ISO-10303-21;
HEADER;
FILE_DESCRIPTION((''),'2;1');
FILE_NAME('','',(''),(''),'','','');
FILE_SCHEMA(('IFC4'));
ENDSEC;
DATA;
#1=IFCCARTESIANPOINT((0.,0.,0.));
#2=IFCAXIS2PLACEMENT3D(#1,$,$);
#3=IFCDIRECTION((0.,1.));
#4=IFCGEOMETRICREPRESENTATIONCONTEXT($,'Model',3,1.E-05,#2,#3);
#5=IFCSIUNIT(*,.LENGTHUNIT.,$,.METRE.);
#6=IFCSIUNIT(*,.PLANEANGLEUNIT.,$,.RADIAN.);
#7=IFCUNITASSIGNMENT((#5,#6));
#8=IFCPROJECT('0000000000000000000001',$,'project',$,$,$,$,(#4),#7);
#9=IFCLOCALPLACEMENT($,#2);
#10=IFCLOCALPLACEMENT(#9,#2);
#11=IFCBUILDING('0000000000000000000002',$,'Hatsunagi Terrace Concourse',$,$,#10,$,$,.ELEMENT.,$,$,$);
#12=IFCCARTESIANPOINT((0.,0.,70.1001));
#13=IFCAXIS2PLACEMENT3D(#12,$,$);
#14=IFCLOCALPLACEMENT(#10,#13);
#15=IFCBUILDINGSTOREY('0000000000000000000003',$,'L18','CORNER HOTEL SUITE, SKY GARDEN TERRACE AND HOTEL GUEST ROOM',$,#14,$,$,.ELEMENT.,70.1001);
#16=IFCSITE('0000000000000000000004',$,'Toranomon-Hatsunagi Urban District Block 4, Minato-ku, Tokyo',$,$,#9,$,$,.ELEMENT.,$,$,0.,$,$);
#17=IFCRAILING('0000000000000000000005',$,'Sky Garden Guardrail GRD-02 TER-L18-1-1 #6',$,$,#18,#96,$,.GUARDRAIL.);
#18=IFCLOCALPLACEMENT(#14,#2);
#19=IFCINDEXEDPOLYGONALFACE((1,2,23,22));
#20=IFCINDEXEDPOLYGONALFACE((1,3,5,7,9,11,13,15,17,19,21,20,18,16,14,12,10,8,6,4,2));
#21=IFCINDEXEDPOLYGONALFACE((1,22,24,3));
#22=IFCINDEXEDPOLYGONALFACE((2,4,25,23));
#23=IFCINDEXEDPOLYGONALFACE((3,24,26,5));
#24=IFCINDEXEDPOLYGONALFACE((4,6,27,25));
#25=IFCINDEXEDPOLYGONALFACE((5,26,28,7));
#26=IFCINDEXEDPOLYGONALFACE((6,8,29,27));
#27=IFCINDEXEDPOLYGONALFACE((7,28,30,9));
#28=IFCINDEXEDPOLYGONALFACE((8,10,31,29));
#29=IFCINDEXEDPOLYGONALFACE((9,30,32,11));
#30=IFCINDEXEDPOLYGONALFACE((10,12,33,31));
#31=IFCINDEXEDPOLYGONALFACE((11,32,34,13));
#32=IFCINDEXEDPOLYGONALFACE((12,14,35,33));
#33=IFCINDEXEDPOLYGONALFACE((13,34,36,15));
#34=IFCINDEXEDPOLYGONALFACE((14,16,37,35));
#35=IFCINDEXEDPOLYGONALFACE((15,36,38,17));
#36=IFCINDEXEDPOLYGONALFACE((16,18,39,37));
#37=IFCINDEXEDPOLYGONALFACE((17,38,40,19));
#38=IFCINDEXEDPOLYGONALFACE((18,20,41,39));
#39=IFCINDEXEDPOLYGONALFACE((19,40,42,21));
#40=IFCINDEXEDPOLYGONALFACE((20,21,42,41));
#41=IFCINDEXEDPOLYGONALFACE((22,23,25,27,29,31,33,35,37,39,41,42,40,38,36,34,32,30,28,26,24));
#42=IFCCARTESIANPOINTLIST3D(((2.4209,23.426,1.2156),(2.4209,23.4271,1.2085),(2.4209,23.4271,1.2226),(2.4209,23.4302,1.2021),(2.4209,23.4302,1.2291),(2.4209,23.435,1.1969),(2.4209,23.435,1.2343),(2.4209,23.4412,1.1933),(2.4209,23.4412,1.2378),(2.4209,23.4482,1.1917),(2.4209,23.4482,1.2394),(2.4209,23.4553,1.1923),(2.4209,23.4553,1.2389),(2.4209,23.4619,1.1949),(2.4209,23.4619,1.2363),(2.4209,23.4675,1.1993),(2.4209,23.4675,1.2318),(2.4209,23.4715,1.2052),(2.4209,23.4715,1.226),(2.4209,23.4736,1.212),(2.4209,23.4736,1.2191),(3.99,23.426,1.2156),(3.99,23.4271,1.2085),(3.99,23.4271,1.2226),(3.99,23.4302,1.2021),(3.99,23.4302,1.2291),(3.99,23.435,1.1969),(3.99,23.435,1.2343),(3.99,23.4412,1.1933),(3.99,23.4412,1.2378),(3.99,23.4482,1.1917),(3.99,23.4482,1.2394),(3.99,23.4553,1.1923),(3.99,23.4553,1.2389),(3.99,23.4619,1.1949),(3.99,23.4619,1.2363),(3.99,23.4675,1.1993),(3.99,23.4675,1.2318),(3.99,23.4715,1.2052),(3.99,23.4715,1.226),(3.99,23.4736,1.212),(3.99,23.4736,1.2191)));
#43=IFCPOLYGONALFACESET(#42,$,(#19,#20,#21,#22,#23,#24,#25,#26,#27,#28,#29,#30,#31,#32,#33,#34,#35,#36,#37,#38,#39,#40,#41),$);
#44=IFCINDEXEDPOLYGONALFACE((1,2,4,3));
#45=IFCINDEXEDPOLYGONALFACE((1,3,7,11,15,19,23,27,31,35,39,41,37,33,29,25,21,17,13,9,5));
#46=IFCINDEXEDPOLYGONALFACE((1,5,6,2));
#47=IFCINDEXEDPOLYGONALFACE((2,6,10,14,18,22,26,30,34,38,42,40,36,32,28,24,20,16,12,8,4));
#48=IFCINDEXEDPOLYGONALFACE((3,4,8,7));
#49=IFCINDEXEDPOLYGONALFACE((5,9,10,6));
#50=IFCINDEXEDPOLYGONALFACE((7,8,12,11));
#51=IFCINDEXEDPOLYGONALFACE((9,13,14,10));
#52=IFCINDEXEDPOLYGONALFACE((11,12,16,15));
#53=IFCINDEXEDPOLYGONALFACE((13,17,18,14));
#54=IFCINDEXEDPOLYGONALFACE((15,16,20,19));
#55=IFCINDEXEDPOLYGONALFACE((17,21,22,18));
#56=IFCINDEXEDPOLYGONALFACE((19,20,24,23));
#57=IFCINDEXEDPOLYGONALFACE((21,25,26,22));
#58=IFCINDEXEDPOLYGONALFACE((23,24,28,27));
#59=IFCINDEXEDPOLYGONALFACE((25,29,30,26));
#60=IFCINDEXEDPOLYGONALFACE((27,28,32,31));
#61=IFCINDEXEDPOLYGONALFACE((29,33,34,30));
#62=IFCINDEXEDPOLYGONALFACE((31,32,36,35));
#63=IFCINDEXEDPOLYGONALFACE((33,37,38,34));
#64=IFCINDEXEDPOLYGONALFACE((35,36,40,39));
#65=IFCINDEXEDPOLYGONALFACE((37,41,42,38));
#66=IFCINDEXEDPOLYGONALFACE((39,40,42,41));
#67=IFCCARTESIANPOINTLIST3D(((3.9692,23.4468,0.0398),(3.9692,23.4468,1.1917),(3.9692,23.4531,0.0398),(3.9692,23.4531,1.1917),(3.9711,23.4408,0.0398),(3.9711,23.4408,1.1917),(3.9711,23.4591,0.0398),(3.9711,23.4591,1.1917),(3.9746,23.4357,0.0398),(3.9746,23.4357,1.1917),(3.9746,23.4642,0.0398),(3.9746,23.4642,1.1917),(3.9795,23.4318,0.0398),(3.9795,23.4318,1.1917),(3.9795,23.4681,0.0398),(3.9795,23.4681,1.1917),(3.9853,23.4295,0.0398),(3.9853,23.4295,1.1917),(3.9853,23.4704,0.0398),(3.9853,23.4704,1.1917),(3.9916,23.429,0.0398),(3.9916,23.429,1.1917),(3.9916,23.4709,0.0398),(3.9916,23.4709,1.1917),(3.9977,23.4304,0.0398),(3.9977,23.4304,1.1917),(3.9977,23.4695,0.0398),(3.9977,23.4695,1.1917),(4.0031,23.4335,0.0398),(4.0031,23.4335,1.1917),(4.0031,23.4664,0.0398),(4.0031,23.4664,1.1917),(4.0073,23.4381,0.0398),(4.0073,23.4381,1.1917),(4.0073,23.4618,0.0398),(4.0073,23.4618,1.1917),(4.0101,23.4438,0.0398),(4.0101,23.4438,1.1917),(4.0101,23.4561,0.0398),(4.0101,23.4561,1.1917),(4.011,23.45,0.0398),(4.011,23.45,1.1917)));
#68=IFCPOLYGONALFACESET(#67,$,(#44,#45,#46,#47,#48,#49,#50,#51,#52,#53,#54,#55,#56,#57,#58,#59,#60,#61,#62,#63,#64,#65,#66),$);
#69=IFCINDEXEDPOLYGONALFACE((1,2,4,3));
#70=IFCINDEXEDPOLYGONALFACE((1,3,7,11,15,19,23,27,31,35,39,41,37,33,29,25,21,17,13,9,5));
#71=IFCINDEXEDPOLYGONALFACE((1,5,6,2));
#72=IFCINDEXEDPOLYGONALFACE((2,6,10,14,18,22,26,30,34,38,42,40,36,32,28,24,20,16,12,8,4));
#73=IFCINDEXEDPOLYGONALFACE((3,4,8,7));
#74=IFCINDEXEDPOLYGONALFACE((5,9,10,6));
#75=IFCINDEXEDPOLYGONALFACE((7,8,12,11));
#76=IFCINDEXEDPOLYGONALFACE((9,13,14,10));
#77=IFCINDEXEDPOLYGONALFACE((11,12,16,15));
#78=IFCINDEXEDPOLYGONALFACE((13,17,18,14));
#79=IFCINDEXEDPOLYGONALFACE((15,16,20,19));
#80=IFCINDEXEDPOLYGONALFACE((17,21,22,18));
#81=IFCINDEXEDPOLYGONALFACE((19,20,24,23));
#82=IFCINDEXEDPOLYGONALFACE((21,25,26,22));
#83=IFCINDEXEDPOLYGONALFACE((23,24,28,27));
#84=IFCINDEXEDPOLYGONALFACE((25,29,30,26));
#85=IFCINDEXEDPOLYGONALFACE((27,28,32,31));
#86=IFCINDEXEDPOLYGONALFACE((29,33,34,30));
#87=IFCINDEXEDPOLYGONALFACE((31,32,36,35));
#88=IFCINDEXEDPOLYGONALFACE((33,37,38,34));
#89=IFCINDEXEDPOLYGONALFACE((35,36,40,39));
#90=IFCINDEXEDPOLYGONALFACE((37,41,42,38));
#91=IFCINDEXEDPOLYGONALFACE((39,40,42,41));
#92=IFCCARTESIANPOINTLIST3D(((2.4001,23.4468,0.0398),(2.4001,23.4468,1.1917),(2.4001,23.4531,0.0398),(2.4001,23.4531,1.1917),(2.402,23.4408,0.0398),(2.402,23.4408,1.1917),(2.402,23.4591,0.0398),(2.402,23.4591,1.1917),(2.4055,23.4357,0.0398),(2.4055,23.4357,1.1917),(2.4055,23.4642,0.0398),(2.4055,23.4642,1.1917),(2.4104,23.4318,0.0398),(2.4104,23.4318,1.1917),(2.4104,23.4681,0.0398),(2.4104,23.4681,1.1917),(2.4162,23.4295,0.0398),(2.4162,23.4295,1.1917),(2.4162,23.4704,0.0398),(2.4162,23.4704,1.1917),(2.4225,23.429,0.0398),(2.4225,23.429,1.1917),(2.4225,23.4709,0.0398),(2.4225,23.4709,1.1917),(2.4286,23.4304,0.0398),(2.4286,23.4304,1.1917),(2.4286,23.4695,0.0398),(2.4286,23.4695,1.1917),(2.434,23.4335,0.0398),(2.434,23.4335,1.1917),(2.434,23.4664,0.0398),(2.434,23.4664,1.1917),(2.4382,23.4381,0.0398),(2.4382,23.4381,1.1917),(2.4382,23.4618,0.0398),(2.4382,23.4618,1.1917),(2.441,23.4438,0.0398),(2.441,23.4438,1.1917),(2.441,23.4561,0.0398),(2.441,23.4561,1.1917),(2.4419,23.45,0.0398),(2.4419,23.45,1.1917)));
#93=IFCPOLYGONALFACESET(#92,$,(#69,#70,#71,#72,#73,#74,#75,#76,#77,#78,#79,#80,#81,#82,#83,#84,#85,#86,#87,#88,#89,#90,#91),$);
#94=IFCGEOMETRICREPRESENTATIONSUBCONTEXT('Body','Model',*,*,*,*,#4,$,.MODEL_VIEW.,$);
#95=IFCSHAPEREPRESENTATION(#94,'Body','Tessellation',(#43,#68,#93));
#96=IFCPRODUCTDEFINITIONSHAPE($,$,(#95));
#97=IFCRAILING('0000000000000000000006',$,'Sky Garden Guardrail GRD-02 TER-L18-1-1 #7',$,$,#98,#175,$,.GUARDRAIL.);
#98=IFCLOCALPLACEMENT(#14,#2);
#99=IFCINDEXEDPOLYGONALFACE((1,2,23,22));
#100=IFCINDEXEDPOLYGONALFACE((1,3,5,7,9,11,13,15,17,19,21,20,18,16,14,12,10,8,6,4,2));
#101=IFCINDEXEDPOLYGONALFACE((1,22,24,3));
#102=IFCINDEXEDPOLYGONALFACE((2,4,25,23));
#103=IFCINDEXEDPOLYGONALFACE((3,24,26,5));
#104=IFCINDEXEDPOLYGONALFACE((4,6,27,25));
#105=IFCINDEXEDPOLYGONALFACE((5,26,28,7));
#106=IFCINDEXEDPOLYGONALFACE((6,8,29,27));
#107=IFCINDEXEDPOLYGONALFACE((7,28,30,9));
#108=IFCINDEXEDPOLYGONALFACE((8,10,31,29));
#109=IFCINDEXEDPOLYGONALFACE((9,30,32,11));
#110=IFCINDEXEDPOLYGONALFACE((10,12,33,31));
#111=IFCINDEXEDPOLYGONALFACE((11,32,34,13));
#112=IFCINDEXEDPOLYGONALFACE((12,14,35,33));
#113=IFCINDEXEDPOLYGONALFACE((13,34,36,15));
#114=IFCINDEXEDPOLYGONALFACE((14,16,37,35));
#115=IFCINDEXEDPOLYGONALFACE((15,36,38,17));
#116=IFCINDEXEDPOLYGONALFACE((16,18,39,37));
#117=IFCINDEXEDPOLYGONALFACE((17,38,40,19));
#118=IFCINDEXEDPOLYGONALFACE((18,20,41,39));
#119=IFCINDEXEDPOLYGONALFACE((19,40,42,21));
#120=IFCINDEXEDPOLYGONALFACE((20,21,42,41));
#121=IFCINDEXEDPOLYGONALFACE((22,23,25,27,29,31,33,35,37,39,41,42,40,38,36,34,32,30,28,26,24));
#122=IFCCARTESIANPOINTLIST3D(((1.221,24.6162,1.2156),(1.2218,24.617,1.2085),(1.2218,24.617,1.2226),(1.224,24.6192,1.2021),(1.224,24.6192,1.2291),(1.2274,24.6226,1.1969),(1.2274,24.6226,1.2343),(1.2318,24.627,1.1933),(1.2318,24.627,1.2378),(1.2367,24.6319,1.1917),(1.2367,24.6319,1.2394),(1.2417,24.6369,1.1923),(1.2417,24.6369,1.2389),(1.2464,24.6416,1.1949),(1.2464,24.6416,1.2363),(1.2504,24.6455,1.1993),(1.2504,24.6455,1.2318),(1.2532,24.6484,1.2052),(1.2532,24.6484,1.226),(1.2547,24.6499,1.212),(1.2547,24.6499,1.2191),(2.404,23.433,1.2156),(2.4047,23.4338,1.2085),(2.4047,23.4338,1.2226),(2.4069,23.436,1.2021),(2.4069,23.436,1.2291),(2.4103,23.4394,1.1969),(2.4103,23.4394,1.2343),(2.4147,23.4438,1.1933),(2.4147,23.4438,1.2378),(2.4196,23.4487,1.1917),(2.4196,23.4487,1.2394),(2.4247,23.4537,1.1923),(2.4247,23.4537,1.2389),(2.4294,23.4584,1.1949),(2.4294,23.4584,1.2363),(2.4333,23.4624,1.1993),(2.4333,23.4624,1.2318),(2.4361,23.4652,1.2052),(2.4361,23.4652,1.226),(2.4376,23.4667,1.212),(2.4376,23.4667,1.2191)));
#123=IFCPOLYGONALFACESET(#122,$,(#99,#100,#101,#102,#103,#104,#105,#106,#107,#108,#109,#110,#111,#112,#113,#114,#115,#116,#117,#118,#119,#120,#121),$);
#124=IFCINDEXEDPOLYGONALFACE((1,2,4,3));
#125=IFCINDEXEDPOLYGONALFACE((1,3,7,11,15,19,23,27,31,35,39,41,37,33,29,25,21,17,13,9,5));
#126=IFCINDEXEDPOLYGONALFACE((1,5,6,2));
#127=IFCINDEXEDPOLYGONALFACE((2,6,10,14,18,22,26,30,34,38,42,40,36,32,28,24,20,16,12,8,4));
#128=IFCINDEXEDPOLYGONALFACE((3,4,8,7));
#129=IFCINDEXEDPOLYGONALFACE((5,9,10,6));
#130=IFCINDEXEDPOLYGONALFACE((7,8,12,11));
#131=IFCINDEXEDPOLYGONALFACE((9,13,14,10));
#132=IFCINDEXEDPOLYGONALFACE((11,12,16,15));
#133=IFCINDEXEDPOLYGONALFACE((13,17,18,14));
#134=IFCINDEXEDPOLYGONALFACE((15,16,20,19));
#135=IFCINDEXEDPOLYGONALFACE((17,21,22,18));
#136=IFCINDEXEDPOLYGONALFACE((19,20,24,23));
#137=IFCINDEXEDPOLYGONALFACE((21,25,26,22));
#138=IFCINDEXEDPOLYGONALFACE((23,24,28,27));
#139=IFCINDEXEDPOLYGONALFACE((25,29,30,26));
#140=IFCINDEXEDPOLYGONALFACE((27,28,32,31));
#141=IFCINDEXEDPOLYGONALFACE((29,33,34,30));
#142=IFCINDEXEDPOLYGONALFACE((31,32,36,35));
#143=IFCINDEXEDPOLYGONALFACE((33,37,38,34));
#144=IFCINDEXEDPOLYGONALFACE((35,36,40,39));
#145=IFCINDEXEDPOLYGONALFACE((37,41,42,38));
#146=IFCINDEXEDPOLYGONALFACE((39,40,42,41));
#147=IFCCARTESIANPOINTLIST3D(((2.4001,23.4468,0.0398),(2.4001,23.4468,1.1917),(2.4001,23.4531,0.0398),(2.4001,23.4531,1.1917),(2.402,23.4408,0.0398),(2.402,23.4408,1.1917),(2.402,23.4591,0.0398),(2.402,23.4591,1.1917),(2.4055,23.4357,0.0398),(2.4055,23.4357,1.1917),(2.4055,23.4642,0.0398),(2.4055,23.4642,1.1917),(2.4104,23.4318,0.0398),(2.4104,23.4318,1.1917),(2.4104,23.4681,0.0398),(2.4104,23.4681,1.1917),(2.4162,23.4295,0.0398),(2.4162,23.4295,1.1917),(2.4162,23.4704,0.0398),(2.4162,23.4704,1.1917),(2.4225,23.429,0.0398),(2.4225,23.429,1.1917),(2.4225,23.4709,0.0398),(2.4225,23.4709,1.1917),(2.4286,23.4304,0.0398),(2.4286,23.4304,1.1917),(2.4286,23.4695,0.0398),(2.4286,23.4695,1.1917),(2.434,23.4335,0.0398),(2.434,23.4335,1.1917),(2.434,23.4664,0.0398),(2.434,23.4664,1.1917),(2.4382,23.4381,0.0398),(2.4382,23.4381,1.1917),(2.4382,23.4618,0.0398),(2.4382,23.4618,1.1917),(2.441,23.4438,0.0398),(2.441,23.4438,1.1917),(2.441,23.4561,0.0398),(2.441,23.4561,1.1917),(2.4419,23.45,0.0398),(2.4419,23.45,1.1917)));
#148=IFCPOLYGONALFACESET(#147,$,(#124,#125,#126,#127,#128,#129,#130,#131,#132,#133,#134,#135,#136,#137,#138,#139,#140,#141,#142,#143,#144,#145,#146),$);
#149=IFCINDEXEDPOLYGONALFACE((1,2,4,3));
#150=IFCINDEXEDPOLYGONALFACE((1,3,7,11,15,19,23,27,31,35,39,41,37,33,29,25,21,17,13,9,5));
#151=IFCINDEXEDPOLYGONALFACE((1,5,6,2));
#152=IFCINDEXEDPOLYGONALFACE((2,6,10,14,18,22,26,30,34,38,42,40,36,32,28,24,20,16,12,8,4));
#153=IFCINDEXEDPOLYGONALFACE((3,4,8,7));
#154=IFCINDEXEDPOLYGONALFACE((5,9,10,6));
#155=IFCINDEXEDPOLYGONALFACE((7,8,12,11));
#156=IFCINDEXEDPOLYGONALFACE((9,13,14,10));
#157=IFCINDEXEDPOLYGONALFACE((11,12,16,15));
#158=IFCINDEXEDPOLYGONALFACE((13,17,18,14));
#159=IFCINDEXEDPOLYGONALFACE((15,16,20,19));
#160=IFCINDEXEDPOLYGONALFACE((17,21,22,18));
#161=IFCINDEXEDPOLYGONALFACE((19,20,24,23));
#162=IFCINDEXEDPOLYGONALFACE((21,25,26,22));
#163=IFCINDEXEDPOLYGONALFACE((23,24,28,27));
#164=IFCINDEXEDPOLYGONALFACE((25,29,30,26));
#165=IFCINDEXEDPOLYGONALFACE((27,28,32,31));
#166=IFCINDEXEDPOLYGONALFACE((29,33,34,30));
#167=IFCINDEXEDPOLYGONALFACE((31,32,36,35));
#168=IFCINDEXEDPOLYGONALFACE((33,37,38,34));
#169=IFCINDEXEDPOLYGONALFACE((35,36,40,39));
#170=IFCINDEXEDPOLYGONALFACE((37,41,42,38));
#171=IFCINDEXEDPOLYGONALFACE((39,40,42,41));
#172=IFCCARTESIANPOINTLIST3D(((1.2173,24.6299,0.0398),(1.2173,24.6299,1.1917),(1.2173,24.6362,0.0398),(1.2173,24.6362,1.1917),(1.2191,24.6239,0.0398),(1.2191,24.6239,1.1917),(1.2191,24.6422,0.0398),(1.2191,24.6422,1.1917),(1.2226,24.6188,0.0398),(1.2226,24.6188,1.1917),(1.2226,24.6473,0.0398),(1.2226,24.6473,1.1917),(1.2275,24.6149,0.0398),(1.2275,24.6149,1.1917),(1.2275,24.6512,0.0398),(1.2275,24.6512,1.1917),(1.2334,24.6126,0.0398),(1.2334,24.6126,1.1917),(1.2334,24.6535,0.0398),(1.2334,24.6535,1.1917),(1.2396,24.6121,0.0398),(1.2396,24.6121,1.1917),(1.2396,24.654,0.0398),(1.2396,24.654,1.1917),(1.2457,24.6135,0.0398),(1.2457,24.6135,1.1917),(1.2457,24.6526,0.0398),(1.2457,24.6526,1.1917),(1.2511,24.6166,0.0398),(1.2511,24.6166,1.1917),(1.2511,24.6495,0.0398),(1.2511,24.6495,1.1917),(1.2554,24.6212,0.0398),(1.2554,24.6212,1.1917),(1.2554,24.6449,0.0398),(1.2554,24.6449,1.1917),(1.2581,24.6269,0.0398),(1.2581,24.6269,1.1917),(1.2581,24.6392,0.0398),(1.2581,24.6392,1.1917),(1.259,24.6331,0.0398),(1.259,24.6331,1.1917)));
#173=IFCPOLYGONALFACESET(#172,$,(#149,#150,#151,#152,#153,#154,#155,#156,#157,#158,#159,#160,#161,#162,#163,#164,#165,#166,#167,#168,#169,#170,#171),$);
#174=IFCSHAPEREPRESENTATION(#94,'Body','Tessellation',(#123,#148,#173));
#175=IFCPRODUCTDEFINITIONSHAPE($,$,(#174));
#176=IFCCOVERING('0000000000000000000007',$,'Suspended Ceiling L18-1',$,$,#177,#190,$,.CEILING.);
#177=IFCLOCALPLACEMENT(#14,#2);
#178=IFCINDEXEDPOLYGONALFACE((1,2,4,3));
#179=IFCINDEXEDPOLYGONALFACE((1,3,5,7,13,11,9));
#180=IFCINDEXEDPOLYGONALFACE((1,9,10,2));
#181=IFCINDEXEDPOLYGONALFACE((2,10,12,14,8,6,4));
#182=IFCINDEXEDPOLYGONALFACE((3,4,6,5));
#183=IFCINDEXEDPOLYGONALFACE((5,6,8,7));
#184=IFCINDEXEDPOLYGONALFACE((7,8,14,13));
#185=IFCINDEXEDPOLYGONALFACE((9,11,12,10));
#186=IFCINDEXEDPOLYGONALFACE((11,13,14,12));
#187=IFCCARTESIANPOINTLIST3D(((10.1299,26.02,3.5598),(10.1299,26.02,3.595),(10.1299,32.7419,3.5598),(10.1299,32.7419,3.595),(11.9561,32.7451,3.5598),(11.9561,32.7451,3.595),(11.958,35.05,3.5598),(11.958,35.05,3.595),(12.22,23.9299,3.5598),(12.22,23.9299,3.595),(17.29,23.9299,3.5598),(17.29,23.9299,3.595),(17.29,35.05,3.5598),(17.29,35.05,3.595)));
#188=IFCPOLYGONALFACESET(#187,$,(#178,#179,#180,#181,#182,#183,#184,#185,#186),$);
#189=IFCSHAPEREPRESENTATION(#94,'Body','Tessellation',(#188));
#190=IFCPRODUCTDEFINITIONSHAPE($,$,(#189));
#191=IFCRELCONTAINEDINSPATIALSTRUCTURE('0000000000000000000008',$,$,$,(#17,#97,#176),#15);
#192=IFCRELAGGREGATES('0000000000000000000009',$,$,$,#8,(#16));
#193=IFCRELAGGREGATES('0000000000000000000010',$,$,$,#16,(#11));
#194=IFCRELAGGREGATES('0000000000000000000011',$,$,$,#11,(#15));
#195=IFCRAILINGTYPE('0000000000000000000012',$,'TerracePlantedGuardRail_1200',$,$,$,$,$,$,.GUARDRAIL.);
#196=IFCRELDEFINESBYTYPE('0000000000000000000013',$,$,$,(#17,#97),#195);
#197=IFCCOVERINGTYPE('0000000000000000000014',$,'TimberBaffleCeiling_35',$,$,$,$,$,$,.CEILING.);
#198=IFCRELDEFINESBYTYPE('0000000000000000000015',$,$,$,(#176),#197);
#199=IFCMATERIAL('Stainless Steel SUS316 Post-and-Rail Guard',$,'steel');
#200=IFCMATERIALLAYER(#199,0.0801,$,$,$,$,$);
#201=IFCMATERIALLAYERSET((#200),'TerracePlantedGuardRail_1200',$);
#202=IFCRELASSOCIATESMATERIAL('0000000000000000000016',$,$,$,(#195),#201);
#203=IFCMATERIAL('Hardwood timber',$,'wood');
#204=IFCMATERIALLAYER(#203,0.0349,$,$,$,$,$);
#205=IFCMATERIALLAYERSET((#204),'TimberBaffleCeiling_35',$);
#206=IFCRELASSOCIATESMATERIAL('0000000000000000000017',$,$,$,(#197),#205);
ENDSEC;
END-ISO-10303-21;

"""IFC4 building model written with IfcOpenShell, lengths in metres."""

from ifc_helpers import new_model, si_unit, direction, frame, origin, origin_2d, place, context, subcontext, project, spatial, polyline, circle, outline, extrude, material, layer, layer_set, type_object, element, save


model = new_model("IFC4")

# Units and contexts
model_context = context("Model", 3, precision=1e-05, world=origin(), true_north=direction((0.0, 1.0)))
body_context = subcontext(model_context, "Body", "Model", "MODEL_VIEW")
ifc_project = project(units=[si_unit("LENGTHUNIT", "METRE"), si_unit("PLANEANGLEUNIT", "RADIAN")], contexts=[model_context])

# Site, building, storey
site_placement = place(None, origin())
site = spatial("IfcSite", under=ifc_project, at=site_placement, Name="Toranomon-Hatsunagi Urban District Block 4, Minato-ku, Tokyo", CompositionType="ELEMENT", RefElevation=0.0)
building_placement = place(site_placement, origin())
building = spatial("IfcBuilding", under=site, at=building_placement, Name="Hatsunagi Terrace Concourse", CompositionType="ELEMENT")
storey_placement = place(building_placement, frame((0.0, 0.0, 70.1001)))
storey = spatial("IfcBuildingStorey", under=building, at=storey_placement, Name="L18", Description="CORNER HOTEL SUITE, SKY GARDEN TERRACE AND HOTEL GUEST ROOM", CompositionType="ELEMENT", Elevation=70.1001)

# Railings
ifc_material_1 = material(Name="Stainless Steel SUS316 Post-and-Rail Guard", Category="steel")
ifc_layer_1 = layer(ifc_material_1, 0.0801)
ifc_layer_set_1 = layer_set([ifc_layer_1], Name="TerracePlantedGuardRail_1200")
railing_type_1 = type_object("IfcRailingType", Name="TerracePlantedGuardRail_1200", PredefinedType="GUARDRAIL", material=ifc_layer_set_1)
railing_1_placement = place(storey_placement, frame((3.99, 23.45, 0.0398)))
element("IfcRailing", 1, at=railing_1_placement, inside=storey, type_object=railing_type_1, Name="Sky Garden Guardrail GRD-02 TER-L18-1-1 #6", PredefinedType="GUARDRAIL", context=body_context, shape_type="SweptSolid", body=[
    extrude(circle(Radius=0.0239, at=origin_2d()), frame((0.0, 0.0, 1.1758), z_axis=(-1.0, 0.0, 0.0), x_axis=(0.0, -1.0, 0.0)), (0.0, 0.0, 1.0), 1.5691),
    extrude(circle(Radius=0.021, at=origin_2d()), origin(), (0.0, 0.0, 1.0), 1.1519),
    extrude(circle(Radius=0.021, at=origin_2d()), frame((-1.5691, 0.0, 0.0)), (0.0, 0.0, 1.0), 1.1519),
])
railing_2_placement = place(storey_placement, frame((2.4209, 23.45, 0.0398)))
element("IfcRailing", 2, at=railing_2_placement, inside=storey, type_object=railing_type_1, Name="Sky Garden Guardrail GRD-02 TER-L18-1-1 #7", PredefinedType="GUARDRAIL", context=body_context, shape_type="SweptSolid", body=[
    extrude(circle(Radius=0.0239, at=origin_2d()), frame((0.0, 0.0, 1.1758), z_axis=(-0.707034, 0.70718, 0.0), x_axis=(-0.70718, -0.707034, 0.0)), (0.0, 0.0, 1.0), 1.6731),
    extrude(circle(Radius=0.021, at=origin_2d()), origin(), (0.0, 0.0, 1.0), 1.1519),
    extrude(circle(Radius=0.021, at=origin_2d()), frame((-1.1829, 1.1831, 0.0)), (0.0, 0.0, 1.0), 1.1519),
])

# Covering
ifc_material_2 = material(Name="Hardwood timber", Category="wood")
ifc_layer_2 = layer(ifc_material_2, 0.0349)
ifc_layer_set_2 = layer_set([ifc_layer_2], Name="TimberBaffleCeiling_35")
covering_type_1 = type_object("IfcCoveringType", Name="TimberBaffleCeiling_35", PredefinedType="CEILING", material=ifc_layer_set_2)
covering_1_placement = place(storey_placement, frame((0.0, 0.0, 3.5598)))
element("IfcCovering", 3, at=covering_1_placement, inside=storey, type_object=covering_type_1, Name="Suspended Ceiling L18-1", PredefinedType="CEILING", context=body_context, shape_type="SweptSolid", body=[
    extrude(outline(polyline([(12.22, 23.9299), (17.29, 23.9299), (17.29, 35.05), (11.958, 35.05), (11.9561, 32.7451), (10.1299, 32.7419), (10.1299, 26.02), (12.22, 23.9299)])), origin(), (0.0, 0.0, 1.0), 0.0352),
])

save(model, "model.ifc")
